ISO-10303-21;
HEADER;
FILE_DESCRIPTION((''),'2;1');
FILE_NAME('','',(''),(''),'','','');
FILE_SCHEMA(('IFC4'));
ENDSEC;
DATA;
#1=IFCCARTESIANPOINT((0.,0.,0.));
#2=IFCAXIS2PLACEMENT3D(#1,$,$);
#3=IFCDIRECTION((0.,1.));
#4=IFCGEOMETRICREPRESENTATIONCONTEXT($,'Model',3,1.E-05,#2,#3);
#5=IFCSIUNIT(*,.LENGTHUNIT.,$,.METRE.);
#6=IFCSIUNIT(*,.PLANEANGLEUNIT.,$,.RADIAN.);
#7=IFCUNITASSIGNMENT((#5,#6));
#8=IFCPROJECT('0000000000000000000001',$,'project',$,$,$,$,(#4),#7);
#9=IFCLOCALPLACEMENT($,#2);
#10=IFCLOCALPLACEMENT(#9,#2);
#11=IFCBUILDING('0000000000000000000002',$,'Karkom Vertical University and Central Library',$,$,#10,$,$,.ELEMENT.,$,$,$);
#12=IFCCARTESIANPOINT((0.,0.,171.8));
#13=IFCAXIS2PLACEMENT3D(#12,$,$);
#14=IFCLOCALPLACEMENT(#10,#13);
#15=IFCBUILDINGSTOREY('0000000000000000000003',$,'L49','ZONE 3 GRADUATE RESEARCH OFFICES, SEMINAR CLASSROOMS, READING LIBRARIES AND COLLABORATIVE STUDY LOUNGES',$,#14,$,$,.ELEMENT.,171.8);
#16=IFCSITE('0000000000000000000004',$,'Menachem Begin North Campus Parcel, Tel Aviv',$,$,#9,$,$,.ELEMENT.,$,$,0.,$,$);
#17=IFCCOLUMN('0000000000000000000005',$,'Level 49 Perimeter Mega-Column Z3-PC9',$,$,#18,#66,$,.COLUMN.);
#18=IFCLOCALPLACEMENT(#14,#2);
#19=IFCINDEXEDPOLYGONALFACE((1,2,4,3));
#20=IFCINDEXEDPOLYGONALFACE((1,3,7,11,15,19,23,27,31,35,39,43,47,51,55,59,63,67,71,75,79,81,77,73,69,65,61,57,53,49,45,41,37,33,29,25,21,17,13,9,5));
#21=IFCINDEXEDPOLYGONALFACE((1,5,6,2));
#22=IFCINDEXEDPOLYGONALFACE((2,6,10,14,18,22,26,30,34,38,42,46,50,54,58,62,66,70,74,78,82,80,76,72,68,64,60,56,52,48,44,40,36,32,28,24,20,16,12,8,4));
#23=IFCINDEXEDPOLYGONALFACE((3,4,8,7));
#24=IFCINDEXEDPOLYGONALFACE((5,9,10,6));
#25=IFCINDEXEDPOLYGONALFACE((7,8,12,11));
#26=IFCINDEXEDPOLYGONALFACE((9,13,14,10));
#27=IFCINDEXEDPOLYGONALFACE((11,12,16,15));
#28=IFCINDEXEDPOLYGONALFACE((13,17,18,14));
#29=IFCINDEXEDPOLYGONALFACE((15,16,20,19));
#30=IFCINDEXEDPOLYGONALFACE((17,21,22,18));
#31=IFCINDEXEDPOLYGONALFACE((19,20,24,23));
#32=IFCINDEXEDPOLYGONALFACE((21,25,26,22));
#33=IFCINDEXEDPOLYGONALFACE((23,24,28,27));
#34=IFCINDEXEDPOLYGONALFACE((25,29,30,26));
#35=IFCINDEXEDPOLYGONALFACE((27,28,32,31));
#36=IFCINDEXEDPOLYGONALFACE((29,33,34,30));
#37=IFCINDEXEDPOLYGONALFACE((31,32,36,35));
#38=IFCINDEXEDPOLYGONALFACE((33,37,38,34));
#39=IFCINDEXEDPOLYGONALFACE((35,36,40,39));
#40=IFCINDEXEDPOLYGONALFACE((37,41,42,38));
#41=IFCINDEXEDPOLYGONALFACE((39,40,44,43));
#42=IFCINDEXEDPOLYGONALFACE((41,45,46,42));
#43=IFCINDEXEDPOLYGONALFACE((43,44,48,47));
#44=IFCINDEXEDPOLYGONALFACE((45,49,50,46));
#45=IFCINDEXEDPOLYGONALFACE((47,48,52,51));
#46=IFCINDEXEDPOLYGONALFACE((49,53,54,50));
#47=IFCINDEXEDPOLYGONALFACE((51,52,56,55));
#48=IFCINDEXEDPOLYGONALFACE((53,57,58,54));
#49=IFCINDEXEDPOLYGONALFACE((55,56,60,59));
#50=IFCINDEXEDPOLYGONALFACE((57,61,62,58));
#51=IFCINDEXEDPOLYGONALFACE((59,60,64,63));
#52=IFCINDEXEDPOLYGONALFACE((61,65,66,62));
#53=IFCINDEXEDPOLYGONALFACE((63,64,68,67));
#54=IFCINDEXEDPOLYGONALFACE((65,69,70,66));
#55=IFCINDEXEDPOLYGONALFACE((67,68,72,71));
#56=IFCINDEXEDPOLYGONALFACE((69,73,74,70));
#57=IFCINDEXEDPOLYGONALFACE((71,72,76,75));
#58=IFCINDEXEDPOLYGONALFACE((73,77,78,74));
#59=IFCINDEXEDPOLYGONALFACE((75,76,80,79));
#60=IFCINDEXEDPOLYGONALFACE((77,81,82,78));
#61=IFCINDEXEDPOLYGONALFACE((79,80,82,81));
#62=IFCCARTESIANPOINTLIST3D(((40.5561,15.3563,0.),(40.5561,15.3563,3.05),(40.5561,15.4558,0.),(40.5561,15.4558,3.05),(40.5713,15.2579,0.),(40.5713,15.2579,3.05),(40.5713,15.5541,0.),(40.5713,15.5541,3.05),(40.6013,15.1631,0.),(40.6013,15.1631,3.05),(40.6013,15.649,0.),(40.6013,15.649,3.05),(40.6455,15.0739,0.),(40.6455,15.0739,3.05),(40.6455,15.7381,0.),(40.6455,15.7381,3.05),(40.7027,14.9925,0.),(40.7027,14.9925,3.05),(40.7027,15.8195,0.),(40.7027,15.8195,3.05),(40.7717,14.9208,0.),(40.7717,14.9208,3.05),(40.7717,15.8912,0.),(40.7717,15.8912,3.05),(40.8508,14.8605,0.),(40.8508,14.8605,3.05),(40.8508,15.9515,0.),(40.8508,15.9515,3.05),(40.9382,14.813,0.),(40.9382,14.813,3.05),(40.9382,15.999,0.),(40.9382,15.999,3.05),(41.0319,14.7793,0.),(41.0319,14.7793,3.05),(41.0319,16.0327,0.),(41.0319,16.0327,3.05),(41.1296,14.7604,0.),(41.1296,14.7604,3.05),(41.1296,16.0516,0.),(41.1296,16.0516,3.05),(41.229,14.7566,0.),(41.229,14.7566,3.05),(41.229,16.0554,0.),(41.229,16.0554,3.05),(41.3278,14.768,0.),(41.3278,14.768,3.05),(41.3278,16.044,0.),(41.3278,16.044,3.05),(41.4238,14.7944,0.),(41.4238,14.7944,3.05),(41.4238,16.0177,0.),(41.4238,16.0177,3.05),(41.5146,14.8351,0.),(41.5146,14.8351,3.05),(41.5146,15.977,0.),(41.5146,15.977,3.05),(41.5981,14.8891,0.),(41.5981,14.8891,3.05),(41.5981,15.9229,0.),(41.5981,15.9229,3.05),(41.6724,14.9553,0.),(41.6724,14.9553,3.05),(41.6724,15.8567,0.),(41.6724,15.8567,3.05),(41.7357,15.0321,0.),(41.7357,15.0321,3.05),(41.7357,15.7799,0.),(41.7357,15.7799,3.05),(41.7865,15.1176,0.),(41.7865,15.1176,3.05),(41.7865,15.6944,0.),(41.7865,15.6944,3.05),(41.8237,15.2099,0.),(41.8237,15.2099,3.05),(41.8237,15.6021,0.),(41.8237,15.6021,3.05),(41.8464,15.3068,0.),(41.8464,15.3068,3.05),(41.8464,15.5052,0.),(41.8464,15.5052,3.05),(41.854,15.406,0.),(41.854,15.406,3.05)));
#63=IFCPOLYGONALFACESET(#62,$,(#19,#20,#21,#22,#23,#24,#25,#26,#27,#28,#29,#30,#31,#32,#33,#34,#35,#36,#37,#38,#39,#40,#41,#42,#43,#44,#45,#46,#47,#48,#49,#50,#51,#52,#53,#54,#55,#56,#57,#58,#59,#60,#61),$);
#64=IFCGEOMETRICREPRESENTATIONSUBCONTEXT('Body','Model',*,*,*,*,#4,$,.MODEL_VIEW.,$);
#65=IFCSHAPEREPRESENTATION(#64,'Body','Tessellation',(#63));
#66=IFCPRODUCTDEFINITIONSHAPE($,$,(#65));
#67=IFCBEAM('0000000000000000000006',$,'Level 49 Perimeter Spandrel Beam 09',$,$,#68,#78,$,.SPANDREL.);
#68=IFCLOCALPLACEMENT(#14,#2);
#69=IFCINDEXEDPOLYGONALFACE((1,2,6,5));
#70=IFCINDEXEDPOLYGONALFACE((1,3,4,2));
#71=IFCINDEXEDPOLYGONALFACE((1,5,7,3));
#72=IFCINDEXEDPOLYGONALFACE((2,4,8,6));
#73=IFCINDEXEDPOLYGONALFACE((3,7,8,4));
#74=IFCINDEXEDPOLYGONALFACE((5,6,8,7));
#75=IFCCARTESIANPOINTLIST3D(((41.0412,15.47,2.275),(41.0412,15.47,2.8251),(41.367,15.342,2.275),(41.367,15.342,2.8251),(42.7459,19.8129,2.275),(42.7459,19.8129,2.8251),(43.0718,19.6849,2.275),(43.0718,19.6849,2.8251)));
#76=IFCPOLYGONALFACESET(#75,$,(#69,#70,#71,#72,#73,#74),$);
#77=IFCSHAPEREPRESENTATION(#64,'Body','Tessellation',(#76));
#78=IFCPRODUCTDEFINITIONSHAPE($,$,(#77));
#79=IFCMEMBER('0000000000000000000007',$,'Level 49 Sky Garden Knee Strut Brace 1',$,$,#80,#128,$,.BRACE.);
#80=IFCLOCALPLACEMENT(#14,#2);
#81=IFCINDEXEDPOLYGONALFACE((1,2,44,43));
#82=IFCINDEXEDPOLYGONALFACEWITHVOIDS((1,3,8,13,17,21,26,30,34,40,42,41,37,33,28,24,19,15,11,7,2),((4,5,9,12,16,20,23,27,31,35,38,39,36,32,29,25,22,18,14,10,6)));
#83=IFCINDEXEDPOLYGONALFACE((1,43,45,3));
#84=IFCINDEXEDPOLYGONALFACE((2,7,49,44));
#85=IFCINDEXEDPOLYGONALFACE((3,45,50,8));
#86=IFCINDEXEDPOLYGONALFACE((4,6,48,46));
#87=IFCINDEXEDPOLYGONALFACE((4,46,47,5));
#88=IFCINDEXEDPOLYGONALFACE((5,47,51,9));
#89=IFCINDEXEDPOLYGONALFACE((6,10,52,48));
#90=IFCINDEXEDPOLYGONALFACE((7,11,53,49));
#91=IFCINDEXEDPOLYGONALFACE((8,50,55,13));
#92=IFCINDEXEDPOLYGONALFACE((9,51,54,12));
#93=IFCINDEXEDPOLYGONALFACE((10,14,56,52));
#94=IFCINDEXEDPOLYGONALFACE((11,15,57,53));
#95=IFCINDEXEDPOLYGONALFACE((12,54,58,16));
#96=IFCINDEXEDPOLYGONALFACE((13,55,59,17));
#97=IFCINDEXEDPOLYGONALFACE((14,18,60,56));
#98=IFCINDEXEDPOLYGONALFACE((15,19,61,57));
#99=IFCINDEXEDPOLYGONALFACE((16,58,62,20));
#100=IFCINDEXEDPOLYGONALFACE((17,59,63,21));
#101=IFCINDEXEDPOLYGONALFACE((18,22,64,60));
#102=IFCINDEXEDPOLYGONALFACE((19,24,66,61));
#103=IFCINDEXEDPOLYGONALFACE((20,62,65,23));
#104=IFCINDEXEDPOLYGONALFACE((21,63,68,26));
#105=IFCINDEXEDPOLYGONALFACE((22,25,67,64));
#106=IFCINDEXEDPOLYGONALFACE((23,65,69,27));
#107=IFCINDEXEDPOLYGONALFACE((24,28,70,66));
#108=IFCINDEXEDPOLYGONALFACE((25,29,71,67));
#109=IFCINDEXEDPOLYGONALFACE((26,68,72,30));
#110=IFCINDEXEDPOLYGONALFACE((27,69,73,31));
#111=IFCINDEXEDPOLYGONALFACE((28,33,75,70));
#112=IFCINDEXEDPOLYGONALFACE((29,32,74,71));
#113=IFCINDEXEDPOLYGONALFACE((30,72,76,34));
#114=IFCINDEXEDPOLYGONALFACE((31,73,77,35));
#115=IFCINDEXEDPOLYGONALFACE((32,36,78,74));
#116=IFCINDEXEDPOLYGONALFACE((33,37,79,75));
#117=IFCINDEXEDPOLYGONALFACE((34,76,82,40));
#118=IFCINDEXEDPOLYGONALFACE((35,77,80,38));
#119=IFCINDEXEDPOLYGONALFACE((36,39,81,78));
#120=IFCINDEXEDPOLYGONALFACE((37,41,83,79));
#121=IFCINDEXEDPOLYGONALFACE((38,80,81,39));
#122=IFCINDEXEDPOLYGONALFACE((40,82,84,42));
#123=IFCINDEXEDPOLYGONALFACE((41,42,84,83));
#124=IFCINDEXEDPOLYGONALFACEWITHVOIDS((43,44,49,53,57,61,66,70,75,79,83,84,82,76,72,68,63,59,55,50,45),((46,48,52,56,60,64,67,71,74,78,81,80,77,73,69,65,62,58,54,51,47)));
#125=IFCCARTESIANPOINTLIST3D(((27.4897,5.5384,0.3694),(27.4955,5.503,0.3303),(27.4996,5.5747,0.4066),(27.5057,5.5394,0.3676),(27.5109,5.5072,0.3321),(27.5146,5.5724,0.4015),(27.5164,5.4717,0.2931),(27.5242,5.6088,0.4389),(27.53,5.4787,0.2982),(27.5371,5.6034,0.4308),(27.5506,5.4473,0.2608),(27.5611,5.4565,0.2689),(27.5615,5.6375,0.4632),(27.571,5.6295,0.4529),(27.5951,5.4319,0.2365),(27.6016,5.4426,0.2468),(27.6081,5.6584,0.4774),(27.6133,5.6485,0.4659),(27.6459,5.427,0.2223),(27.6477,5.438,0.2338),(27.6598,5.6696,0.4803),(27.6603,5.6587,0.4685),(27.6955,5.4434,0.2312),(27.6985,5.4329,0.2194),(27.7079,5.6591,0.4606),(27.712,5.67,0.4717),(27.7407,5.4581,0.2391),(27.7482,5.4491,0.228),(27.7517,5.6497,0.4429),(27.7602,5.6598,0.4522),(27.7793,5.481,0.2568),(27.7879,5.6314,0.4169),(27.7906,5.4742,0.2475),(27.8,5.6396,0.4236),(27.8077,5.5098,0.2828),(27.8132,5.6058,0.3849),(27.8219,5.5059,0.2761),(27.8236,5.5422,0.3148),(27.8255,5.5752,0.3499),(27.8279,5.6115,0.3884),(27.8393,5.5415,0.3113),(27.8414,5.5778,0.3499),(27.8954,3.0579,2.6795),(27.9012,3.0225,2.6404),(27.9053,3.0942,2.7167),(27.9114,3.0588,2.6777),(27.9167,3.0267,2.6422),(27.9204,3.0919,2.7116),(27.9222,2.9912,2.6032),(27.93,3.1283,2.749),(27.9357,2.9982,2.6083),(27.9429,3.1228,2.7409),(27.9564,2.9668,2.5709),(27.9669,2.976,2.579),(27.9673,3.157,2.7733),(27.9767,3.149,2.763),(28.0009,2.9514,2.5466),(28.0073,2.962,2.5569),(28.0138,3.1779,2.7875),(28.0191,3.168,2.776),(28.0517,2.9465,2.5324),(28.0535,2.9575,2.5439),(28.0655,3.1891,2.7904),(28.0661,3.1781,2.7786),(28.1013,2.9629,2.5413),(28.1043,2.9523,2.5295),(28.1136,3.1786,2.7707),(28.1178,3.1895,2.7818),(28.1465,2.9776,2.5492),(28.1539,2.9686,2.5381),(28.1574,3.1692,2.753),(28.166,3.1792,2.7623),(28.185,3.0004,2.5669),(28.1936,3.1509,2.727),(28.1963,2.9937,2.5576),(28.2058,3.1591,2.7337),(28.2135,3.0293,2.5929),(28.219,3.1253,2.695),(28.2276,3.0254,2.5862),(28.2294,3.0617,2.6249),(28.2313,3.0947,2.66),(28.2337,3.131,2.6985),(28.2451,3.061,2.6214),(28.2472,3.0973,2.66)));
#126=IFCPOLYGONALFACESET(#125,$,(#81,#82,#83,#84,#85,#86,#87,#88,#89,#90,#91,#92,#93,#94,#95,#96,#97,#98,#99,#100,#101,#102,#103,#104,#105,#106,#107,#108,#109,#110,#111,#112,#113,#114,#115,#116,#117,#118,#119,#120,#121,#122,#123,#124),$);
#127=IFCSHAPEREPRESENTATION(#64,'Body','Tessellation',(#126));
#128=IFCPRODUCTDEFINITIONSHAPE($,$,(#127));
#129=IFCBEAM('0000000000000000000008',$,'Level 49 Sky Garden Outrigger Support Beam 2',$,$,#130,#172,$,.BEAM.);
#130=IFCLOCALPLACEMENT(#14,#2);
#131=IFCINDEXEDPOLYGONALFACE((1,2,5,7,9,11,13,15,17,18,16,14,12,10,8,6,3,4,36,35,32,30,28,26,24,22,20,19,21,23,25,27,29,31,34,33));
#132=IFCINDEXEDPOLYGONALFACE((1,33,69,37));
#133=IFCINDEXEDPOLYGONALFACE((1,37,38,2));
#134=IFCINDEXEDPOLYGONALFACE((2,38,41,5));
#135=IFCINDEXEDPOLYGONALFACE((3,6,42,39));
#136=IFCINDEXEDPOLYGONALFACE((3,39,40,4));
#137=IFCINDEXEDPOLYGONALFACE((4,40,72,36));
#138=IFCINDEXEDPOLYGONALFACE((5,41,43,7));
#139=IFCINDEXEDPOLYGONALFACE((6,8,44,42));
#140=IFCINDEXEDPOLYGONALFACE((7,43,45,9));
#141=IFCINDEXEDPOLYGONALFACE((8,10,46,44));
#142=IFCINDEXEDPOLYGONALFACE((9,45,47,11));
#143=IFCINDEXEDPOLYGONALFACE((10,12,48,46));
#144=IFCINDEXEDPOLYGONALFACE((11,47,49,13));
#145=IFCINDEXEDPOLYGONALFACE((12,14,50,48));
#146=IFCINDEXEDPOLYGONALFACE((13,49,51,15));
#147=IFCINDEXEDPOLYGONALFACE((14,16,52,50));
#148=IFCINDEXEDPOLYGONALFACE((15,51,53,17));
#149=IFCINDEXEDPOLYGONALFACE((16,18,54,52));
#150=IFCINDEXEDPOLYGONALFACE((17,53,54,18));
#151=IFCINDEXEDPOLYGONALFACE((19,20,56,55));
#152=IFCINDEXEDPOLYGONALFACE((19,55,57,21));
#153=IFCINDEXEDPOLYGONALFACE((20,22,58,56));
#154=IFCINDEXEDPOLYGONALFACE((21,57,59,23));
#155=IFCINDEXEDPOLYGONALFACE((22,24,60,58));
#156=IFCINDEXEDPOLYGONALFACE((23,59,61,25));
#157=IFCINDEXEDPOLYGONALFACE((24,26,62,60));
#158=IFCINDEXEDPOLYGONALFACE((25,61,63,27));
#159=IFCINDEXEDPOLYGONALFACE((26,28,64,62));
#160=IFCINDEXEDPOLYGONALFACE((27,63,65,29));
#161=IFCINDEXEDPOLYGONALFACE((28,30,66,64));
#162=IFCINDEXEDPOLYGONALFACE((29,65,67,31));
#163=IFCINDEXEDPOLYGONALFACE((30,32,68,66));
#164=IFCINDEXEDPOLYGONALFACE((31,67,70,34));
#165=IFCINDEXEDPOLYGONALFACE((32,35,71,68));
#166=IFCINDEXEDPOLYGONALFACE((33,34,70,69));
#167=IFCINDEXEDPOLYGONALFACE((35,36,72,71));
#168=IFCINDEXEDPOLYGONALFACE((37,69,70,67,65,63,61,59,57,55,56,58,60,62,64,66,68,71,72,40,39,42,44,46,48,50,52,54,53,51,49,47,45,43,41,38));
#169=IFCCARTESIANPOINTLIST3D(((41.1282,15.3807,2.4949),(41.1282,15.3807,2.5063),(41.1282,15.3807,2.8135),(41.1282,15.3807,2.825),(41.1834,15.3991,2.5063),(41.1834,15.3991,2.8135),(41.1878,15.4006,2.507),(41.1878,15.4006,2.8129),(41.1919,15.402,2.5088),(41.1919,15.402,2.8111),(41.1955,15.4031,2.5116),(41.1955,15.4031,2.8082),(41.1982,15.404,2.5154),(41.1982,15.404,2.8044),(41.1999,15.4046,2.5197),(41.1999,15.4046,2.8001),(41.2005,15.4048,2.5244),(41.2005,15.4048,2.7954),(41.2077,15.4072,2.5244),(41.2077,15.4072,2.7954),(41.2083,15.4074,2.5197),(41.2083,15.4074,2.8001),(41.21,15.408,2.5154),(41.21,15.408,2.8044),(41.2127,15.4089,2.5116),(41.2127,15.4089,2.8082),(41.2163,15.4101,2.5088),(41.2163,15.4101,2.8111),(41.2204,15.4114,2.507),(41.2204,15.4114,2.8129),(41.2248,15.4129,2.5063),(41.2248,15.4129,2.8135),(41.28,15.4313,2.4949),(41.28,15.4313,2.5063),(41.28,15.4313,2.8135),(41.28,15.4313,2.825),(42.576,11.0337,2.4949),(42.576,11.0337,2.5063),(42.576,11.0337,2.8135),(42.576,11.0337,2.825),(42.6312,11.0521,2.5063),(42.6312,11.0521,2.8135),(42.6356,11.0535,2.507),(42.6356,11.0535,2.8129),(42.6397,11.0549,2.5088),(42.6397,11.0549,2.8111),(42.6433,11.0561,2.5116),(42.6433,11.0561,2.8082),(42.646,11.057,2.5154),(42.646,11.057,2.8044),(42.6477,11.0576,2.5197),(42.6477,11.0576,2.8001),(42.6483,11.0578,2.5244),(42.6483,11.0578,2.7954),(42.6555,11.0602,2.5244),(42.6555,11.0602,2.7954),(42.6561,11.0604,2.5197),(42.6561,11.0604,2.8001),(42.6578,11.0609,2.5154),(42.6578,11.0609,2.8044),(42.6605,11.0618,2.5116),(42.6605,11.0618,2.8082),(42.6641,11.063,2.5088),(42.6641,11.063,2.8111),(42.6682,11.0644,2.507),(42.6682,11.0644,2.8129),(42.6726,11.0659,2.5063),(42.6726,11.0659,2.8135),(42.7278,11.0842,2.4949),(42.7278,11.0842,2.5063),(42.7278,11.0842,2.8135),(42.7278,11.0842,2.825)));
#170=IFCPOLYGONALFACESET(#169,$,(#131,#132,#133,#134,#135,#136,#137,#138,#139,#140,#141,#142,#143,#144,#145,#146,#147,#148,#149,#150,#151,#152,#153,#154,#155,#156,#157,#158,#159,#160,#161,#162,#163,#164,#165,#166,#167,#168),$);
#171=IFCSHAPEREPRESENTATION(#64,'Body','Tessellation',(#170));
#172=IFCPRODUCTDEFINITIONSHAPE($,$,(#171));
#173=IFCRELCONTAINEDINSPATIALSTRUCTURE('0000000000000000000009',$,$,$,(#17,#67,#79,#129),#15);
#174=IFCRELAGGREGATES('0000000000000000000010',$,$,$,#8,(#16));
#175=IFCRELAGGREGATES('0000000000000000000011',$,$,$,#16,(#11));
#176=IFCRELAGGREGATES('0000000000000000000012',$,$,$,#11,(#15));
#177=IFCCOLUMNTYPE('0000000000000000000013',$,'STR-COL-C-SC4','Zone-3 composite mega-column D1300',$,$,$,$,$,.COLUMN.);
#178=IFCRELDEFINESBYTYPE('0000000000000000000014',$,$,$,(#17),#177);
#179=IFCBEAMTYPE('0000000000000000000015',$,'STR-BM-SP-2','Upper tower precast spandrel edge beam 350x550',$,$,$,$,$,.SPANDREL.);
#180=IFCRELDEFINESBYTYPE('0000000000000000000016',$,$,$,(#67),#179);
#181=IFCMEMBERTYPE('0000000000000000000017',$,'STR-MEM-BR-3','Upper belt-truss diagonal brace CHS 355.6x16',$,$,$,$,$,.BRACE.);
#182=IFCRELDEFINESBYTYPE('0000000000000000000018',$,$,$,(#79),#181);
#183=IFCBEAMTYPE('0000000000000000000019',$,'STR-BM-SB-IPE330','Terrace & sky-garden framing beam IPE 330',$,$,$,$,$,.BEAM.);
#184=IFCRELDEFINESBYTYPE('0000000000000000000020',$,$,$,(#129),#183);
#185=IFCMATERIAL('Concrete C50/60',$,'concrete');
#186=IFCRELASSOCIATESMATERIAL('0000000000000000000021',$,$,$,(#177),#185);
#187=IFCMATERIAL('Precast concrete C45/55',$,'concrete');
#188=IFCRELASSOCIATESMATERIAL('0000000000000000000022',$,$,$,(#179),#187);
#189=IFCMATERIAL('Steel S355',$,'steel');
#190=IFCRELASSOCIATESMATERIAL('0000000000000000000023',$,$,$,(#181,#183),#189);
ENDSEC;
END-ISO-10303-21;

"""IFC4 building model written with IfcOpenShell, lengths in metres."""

from ifc_helpers import new_model, si_unit, direction, frame, origin, origin_with_axes, origin_2d, place, context, subcontext, project, spatial, rectangle, circle, hollow_circle, i_section, extrude, source, transform, mapped, material, material_profile, profile_set, type_object, element, save


model = new_model("IFC4")

# Units and contexts
model_context = context("Model", 3, precision=1e-05, world=origin(), true_north=direction((0.0, 1.0)))
body_context = subcontext(model_context, "Body", "Model", "MODEL_VIEW")
ifc_project = project(units=[si_unit("LENGTHUNIT", "METRE"), si_unit("PLANEANGLEUNIT", "RADIAN")], contexts=[model_context])

# Site, building, storey
site_placement = place(None, origin())
site = spatial("IfcSite", under=ifc_project, at=site_placement, Name="Menachem Begin North Campus Parcel, Tel Aviv", CompositionType="ELEMENT", RefElevation=0.0)
building_placement = place(site_placement, origin())
building = spatial("IfcBuilding", under=site, at=building_placement, Name="Karkom Vertical University and Central Library", CompositionType="ELEMENT")
storey_placement = place(building_placement, frame((0.0, 0.0, 171.8)))
storey = spatial("IfcBuildingStorey", under=building, at=storey_placement, Name="L49", Description="ZONE 3 GRADUATE RESEARCH OFFICES, SEMINAR CLASSROOMS, READING LIBRARIES AND COLLABORATIVE STUDY LOUNGES", CompositionType="ELEMENT", Elevation=171.8)

# Column
ifc_material_1 = material(Name="Concrete C50/60", Category="concrete")
ifc_material_profile_1 = material_profile(ifc_material_1, circle(Radius=0.6499, at=origin_2d()), Name="CFT-D1300")
ifc_profile_set_1 = profile_set([ifc_material_profile_1], Name="Concrete C50/60")
column_type = type_object("IfcColumnType", Name="STR-COL-C-SC4", Description="Zone-3 composite mega-column D1300", PredefinedType="COLUMN", material=ifc_profile_set_1)
shared_shape_1 = source(origin_with_axes(), body_context, "Body", "SweptSolid", [
    extrude(circle(Radius=0.6499, at=origin_2d()), origin(), (0.0, 0.0, 1.0), 3.05),
])
column_placement = place(storey_placement, frame((41.2041, 15.406, 0.0), z_axis=(0.0, 0.0, 1.0), x_axis=(1.0, 0.0, 0.0)))
element("IfcColumn", 1, at=column_placement, inside=storey, type_object=column_type, Name="Level 49 Perimeter Mega-Column Z3-PC9", PredefinedType="COLUMN", context=body_context, shape_type="MappedRepresentation", body=[
    mapped(shared_shape_1, transform((0.0, 0.0, 0.0), scale=1.0)),
])

# Beam
ifc_material_2 = material(Name="Precast concrete C45/55", Category="concrete")
ifc_material_profile_2 = material_profile(ifc_material_2, rectangle(XDim=0.3501, YDim=0.55, at=origin_2d()), Name="SPB-350x550")
ifc_profile_set_2 = profile_set([ifc_material_profile_2], Name="Precast concrete C45/55")
beam_type_1 = type_object("IfcBeamType", Name="STR-BM-SP-2", Description="Upper tower precast spandrel edge beam 350x550", PredefinedType="SPANDREL", material=ifc_profile_set_2)
shared_shape_2 = source(origin_with_axes(), body_context, "Body", "SweptSolid", [
    extrude(rectangle(XDim=0.3501, YDim=0.55, at=origin_2d()), origin(), (0.0, 0.0, 1.0), 4.6655),
])
beam_1_placement = place(storey_placement, frame((41.2041, 15.406, 2.55), z_axis=(0.365401, 0.93085, 0.0), x_axis=(-0.93085, 0.365401, 0.0)))
element("IfcBeam", 2, at=beam_1_placement, inside=storey, type_object=beam_type_1, Name="Level 49 Perimeter Spandrel Beam 09", PredefinedType="SPANDREL", context=body_context, shape_type="MappedRepresentation", body=[
    mapped(shared_shape_2, transform((0.0, 0.0, 0.0), scale=1.0)),
])

# Member
ifc_material_3 = material(Name="Steel S355", Category="steel")
ifc_material_profile_3 = material_profile(ifc_material_3, hollow_circle(Radius=0.1777, WallThickness=0.0161, at=origin_2d()), Name="CHS 355.6x16")
ifc_profile_set_3 = profile_set([ifc_material_profile_3], Name="Steel S355")
member_type = type_object("IfcMemberType", Name="STR-MEM-BR-3", Description="Upper belt-truss diagonal brace CHS 355.6x16", PredefinedType="BRACE", material=ifc_profile_set_3)
shared_shape_3 = source(origin_with_axes(), body_context, "Body", "SweptSolid", [
    extrude(hollow_circle(Radius=0.1777, WallThickness=0.0161, at=origin_2d()), origin(), (0.0, 0.0, 1.0), 3.4138),
])
member_placement = place(storey_placement, frame((27.666, 5.5491, 0.3499), z_axis=(0.118861, -0.72661, 0.676691), x_axis=(0.986883, 0.161437, 0.0)))
element("IfcMember", 3, at=member_placement, inside=storey, type_object=member_type, Name="Level 49 Sky Garden Knee Strut Brace 1", PredefinedType="BRACE", context=body_context, shape_type="MappedRepresentation", body=[
    mapped(shared_shape_3, transform((0.0, 0.0, 0.0), scale=1.0)),
])

# Beam
ifc_material_profile_4 = material_profile(ifc_material_3, i_section(OverallWidth=0.1599, OverallDepth=0.3301, WebThickness=0.0076, FlangeThickness=0.0115, FilletRadius=0.0181, at=origin_2d()), Name="IPE 330")
ifc_profile_set_4 = profile_set([ifc_material_profile_4], Name="Steel S355")
beam_type_2 = type_object("IfcBeamType", Name="STR-BM-SB-IPE330", Description="Terrace & sky-garden framing beam IPE 330", PredefinedType="BEAM", material=ifc_profile_set_4)
shared_shape_4 = source(origin_with_axes(), body_context, "Body", "SweptSolid", [
    extrude(i_section(OverallWidth=0.1599, OverallDepth=0.3301, WebThickness=0.0076, FlangeThickness=0.0115, FilletRadius=0.0181, at=origin_2d()), origin(), (0.0, 0.0, 1.0), 4.5818),
])
beam_2_placement = place(storey_placement, frame((41.2041, 15.406, 2.6599), z_axis=(0.315988, -0.948763, 0.0), x_axis=(0.948763, 0.315988, 0.0)))
element("IfcBeam", 4, at=beam_2_placement, inside=storey, type_object=beam_type_2, Name="Level 49 Sky Garden Outrigger Support Beam 2", PredefinedType="BEAM", context=body_context, shape_type="MappedRepresentation", body=[
    mapped(shared_shape_4, transform((0.0, 0.0, 0.0), scale=1.0)),
])

save(model, "model.ifc")
